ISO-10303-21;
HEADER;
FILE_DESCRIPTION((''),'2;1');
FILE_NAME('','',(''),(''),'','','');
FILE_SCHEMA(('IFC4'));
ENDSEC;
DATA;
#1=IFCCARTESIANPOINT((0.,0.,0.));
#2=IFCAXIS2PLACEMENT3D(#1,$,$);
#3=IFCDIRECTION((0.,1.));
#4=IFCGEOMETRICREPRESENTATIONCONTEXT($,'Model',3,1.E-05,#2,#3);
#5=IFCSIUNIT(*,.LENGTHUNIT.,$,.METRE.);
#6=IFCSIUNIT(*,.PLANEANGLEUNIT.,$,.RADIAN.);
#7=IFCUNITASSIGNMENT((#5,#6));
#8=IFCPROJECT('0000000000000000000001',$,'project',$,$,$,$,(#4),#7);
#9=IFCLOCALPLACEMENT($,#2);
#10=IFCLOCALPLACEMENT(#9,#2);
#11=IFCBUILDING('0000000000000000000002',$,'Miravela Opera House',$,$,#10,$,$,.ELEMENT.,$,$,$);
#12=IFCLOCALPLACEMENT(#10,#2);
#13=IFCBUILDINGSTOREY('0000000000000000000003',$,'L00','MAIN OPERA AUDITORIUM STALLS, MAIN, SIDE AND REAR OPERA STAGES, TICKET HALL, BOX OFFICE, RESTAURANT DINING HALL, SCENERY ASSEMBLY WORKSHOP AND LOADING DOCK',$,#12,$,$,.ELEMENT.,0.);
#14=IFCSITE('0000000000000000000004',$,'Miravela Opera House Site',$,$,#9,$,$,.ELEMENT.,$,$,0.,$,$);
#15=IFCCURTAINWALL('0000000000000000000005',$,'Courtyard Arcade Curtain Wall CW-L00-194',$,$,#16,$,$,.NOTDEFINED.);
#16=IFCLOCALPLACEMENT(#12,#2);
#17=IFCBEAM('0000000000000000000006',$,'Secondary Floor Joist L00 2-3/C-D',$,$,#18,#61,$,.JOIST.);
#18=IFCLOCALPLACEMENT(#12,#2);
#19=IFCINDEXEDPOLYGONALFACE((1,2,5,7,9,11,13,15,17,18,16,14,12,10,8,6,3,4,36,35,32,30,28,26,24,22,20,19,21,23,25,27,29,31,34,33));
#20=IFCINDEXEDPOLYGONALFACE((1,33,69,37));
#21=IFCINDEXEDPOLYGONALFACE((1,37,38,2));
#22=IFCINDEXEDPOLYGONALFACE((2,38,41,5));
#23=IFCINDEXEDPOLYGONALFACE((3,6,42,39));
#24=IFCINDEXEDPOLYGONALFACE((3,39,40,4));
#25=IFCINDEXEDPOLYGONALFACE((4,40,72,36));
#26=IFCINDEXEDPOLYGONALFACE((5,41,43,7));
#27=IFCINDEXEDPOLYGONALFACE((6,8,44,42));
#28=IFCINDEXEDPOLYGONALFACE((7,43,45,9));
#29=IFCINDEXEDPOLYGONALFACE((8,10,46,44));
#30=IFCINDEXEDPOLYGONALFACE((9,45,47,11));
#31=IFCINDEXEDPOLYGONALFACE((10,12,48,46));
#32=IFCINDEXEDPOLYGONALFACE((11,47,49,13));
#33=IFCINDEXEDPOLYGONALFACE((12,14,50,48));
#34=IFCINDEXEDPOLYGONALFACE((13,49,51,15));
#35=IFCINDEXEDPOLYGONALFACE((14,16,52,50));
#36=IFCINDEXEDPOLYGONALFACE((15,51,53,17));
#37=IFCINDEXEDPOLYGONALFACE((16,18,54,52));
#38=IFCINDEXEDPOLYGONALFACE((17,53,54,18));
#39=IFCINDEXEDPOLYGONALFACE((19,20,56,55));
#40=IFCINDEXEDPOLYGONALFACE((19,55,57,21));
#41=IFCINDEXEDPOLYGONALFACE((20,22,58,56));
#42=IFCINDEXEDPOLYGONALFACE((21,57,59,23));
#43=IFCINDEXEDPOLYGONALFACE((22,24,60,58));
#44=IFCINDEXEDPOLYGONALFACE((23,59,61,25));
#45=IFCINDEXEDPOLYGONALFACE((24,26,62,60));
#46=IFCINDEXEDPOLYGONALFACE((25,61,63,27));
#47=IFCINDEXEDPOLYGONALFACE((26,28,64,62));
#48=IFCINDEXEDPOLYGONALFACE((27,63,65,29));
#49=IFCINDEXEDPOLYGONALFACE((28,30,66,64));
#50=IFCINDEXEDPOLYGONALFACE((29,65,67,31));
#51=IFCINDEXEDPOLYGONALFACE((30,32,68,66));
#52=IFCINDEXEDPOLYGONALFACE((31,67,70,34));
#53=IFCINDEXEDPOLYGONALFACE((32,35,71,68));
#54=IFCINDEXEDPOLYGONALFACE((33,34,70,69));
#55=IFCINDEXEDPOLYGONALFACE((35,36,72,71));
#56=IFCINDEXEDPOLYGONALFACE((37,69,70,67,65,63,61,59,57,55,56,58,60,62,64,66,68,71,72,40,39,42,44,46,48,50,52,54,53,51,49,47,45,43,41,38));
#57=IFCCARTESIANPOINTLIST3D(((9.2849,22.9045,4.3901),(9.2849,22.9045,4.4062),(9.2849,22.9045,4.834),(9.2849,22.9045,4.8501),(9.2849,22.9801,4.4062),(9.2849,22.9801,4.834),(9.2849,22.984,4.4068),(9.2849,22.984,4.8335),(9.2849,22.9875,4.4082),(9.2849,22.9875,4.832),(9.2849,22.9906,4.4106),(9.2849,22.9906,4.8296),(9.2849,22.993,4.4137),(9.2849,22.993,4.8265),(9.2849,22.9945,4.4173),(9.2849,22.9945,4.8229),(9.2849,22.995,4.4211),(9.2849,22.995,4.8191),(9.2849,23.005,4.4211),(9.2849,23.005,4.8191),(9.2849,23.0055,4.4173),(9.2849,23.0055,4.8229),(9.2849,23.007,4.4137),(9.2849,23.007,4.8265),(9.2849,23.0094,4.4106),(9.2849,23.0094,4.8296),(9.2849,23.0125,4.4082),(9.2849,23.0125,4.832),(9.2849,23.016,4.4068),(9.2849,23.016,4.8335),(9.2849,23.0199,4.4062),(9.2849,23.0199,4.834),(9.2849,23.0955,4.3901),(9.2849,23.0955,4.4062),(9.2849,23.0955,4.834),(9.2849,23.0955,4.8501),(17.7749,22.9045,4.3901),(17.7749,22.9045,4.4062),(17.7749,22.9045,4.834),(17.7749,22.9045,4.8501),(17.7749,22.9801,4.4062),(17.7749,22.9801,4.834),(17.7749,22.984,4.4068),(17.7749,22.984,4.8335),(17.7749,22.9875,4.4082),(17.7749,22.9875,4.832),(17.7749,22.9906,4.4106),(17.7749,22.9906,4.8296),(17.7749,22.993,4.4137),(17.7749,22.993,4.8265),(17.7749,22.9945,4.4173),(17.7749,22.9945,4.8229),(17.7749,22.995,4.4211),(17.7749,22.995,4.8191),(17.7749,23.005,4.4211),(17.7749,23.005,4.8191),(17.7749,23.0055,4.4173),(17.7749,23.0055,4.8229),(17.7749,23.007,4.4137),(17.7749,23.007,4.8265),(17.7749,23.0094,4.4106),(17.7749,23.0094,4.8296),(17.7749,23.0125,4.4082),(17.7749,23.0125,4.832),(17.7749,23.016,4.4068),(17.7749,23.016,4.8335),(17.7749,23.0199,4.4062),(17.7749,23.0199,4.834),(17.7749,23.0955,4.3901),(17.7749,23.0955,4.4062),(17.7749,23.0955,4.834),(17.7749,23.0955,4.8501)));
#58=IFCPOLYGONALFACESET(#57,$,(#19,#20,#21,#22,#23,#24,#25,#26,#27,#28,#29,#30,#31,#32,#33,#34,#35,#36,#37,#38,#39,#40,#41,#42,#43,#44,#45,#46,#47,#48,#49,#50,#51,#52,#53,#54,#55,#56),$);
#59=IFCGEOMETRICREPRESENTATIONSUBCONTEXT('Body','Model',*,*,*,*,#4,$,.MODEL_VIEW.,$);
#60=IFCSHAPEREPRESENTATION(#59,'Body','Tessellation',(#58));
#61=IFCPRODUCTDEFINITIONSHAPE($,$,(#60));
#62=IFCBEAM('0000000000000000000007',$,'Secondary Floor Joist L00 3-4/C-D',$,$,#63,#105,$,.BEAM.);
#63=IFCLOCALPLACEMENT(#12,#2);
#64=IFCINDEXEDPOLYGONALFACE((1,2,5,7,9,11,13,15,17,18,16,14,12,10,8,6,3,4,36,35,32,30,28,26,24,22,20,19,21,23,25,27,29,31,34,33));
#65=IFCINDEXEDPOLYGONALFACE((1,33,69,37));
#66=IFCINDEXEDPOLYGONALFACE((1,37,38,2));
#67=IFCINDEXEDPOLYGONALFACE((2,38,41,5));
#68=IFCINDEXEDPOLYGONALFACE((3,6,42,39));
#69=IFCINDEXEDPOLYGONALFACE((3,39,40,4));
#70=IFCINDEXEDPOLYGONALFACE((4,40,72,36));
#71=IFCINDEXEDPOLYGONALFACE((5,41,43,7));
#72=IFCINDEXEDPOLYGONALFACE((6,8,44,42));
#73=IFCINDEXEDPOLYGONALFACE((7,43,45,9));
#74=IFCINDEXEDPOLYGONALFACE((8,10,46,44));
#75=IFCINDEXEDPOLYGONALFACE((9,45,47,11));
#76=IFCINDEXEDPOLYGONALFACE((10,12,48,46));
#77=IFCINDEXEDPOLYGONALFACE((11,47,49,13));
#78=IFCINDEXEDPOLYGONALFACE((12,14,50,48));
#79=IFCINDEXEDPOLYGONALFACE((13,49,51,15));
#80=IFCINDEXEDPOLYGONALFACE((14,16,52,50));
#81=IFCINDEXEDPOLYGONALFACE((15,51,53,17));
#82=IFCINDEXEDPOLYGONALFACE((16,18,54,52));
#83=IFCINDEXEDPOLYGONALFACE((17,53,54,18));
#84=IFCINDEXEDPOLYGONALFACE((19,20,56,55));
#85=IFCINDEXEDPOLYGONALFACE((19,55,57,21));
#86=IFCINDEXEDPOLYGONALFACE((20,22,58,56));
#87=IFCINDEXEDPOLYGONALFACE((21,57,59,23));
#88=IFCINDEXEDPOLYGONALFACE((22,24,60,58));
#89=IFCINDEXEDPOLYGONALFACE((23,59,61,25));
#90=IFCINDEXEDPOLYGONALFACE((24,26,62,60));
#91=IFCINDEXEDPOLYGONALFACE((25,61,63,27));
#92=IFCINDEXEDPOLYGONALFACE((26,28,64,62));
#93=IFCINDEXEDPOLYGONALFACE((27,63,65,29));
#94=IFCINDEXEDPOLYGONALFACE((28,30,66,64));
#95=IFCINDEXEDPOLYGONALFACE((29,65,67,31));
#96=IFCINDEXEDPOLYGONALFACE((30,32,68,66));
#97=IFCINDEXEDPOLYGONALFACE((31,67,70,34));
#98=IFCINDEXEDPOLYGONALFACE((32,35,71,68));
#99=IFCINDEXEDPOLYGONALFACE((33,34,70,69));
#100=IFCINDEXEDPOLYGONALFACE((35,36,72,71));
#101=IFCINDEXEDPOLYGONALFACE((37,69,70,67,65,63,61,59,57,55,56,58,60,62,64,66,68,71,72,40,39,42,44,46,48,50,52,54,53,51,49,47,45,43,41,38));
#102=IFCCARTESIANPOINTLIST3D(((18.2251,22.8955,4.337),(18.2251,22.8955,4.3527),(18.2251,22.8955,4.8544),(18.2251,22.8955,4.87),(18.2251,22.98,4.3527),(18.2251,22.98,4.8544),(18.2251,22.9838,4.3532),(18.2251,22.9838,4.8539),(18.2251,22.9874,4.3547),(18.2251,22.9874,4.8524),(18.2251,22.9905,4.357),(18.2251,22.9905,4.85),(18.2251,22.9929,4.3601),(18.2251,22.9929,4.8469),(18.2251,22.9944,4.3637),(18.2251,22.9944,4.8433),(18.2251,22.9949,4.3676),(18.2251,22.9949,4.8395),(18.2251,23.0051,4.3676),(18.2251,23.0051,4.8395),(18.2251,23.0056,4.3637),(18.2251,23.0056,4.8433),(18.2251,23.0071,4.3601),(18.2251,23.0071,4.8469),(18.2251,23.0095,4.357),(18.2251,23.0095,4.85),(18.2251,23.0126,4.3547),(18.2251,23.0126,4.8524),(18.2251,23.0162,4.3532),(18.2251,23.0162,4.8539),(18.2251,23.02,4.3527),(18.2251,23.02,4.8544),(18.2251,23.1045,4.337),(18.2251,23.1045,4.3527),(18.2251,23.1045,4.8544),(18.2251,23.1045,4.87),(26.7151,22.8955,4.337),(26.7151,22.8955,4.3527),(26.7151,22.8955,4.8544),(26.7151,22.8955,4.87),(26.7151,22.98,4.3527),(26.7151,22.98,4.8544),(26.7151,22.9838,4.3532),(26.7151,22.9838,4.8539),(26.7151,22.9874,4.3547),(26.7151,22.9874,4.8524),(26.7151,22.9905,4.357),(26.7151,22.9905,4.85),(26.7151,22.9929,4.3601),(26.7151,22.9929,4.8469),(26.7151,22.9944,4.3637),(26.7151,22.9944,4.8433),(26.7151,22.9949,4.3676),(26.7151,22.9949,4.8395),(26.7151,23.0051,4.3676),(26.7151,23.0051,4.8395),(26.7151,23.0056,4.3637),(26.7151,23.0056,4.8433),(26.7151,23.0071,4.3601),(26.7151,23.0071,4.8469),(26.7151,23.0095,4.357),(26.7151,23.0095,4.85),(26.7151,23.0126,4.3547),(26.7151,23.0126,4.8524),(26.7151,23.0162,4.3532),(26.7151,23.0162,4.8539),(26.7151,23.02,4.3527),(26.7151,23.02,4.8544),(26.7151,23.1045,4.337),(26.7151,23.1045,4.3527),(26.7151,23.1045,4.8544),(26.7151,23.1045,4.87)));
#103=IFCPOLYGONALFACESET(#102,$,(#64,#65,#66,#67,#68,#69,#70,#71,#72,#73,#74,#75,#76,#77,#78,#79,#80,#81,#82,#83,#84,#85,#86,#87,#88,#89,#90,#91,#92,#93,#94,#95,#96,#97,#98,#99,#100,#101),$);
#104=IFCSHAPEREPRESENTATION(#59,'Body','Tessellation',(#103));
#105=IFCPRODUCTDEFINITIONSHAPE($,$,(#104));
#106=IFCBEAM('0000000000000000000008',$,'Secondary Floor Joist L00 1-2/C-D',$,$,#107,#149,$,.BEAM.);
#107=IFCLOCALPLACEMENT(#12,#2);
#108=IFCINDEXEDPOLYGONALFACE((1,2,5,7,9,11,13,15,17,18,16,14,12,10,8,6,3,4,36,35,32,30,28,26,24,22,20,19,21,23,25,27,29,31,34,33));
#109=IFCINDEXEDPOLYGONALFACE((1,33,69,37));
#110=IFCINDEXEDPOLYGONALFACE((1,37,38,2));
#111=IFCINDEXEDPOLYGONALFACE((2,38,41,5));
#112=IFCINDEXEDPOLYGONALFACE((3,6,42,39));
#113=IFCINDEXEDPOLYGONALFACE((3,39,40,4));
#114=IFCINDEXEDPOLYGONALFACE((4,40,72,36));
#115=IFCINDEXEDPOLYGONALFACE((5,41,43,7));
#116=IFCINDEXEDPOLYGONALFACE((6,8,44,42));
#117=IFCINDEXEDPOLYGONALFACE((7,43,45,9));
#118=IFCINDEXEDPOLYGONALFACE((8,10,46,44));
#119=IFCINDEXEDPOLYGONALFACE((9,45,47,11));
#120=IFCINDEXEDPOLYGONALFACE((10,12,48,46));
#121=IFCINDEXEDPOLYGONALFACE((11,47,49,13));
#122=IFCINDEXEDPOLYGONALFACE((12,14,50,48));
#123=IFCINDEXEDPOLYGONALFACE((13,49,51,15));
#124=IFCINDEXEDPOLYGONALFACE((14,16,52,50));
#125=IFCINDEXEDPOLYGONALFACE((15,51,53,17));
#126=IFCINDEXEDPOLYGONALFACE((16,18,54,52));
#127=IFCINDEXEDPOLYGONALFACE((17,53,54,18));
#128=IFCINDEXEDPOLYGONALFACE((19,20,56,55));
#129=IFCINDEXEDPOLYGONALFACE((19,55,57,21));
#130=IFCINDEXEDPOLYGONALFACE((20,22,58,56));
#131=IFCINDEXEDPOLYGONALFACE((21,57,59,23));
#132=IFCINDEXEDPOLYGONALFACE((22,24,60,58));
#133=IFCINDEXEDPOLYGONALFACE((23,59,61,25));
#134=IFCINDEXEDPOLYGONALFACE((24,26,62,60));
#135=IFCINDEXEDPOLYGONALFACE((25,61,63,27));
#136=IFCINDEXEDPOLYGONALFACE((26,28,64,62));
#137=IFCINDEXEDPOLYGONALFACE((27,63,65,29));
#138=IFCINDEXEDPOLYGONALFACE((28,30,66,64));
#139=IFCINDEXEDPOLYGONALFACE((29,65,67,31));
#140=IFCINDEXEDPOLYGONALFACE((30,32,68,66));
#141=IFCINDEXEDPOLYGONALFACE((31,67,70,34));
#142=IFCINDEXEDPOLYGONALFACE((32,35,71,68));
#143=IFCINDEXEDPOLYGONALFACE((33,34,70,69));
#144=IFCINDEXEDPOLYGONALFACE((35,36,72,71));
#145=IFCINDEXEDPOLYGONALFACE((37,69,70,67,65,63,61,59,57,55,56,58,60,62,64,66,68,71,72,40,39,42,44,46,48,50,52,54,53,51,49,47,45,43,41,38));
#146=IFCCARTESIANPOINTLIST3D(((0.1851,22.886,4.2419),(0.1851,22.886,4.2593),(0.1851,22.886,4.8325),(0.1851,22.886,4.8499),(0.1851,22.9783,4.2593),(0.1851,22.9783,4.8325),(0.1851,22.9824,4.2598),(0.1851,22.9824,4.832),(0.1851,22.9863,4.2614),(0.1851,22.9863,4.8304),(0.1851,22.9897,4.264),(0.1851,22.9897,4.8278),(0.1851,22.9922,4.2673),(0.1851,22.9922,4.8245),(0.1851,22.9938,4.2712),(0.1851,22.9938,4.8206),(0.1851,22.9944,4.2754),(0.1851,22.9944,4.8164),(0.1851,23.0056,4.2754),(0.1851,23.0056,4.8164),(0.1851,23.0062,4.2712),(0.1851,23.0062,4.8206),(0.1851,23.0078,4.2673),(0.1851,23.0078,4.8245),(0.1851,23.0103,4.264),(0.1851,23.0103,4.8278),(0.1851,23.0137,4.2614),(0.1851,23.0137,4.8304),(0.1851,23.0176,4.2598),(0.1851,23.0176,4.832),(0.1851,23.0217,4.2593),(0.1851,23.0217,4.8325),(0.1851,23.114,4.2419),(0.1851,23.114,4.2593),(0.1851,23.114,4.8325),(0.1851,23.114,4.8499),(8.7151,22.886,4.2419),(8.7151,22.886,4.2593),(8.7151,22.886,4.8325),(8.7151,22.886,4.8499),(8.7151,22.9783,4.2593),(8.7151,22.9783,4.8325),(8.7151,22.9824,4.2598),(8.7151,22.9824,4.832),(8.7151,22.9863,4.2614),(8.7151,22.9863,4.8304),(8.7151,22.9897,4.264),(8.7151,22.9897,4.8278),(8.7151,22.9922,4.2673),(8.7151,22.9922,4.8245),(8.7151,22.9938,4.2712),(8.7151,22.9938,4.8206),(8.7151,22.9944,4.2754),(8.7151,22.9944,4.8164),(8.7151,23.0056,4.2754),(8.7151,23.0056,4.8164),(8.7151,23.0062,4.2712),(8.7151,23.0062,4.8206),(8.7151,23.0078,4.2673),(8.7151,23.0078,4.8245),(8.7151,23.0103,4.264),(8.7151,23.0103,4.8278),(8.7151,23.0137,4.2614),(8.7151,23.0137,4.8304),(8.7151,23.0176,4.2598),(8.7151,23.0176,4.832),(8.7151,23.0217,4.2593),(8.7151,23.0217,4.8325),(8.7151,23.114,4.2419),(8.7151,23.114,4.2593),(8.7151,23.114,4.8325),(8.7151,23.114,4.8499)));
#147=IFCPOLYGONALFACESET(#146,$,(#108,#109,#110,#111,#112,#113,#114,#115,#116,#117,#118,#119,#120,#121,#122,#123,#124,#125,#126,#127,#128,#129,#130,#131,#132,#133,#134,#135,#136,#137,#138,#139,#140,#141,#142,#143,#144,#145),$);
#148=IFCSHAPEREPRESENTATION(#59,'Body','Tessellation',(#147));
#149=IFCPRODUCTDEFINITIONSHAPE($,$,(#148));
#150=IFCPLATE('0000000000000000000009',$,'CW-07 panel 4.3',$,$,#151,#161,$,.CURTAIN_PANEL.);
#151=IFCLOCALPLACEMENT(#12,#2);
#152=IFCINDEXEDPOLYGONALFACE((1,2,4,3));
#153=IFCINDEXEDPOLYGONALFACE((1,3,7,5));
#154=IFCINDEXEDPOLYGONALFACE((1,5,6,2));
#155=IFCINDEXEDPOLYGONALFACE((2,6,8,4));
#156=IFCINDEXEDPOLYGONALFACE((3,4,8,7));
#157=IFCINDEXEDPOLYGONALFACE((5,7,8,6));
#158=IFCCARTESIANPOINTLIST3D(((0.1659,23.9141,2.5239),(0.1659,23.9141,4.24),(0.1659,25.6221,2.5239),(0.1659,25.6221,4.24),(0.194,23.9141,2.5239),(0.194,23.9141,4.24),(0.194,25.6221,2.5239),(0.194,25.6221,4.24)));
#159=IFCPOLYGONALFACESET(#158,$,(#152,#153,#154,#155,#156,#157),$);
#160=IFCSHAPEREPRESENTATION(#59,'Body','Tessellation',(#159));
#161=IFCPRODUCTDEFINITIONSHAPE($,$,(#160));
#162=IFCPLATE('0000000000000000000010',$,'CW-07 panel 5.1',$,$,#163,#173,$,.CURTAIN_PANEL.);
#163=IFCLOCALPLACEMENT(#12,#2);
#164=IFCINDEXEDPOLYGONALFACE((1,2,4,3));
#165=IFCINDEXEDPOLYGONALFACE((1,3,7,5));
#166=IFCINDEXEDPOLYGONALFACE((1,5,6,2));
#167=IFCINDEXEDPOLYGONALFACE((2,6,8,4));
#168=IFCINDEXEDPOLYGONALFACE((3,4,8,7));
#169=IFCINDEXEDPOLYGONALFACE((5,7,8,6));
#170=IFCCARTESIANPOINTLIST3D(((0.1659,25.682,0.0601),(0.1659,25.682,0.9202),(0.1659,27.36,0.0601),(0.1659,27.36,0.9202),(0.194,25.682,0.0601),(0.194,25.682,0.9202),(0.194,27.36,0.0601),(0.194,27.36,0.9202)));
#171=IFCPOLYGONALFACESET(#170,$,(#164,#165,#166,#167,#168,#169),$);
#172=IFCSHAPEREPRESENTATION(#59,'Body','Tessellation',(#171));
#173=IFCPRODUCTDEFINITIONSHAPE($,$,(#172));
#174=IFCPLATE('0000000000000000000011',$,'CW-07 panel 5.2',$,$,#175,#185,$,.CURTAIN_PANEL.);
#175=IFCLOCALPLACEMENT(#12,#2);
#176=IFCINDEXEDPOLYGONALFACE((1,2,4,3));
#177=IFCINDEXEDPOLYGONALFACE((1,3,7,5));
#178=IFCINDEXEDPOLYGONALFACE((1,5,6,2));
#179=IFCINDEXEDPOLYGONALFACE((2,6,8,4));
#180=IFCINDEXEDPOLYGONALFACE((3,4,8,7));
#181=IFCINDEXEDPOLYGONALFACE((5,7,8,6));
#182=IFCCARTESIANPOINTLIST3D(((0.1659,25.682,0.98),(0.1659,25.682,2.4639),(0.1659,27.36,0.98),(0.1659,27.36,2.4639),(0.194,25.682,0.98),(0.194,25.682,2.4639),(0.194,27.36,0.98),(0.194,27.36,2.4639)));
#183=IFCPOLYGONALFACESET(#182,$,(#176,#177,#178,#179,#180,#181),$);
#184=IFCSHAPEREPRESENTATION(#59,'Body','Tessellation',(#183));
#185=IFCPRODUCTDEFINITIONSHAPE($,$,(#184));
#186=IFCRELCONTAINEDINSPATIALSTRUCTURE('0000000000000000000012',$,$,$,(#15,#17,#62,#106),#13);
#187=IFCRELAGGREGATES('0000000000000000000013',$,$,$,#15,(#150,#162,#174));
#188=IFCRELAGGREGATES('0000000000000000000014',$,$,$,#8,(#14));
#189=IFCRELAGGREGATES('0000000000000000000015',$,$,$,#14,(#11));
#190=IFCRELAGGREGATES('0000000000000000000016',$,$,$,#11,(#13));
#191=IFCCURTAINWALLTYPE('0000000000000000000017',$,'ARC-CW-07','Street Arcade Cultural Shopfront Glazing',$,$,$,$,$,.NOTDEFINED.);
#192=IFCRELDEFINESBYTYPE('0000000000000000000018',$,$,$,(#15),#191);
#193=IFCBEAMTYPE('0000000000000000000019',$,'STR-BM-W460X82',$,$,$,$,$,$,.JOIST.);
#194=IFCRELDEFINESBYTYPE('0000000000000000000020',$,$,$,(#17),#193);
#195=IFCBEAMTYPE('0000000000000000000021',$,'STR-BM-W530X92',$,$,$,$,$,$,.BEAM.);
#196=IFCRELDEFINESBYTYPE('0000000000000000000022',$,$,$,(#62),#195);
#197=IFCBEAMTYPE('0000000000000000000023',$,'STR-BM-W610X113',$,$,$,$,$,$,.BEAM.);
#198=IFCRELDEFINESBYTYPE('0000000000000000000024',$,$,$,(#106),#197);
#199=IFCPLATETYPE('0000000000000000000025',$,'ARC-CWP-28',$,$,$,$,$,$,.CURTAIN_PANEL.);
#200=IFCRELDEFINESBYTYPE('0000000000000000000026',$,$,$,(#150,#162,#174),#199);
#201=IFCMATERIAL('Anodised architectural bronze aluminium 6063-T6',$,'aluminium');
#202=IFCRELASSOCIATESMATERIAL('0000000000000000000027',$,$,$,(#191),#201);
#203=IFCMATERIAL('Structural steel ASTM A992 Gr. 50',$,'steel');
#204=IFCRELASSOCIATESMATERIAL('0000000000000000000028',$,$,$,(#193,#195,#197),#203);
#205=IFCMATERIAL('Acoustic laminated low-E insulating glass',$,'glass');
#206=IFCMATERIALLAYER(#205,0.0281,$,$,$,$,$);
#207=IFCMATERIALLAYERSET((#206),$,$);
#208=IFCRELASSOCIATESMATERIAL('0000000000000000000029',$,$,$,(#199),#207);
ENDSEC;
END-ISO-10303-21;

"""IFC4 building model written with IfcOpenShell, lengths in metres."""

from ifc_helpers import new_model, si_unit, direction, frame, origin, origin_2d, place, context, subcontext, project, spatial, rectangle, i_section, extrude, material, layer, layer_set, material_profile, profile_set, type_object, element, aggregate, save


model = new_model("IFC4")

# Units and contexts
model_context = context("Model", 3, precision=1e-05, world=origin(), true_north=direction((0.0, 1.0)))
body_context = subcontext(model_context, "Body", "Model", "MODEL_VIEW")
ifc_project = project(units=[si_unit("LENGTHUNIT", "METRE"), si_unit("PLANEANGLEUNIT", "RADIAN")], contexts=[model_context])

# Site, building, storey
site_placement = place(None, origin())
site = spatial("IfcSite", under=ifc_project, at=site_placement, Name="Miravela Opera House Site", CompositionType="ELEMENT", RefElevation=0.0)
building_placement = place(site_placement, origin())
building = spatial("IfcBuilding", under=site, at=building_placement, Name="Miravela Opera House", CompositionType="ELEMENT")
storey_placement = place(building_placement, origin())
storey = spatial("IfcBuildingStorey", under=building, at=storey_placement, Name="L00", Description="MAIN OPERA AUDITORIUM STALLS, MAIN, SIDE AND REAR OPERA STAGES, TICKET HALL, BOX OFFICE, RESTAURANT DINING HALL, SCENERY ASSEMBLY WORKSHOP AND LOADING DOCK", CompositionType="ELEMENT", Elevation=0.0)

# Curtain wall
ifc_material_1 = material(Name="Anodised architectural bronze aluminium 6063-T6", Category="aluminium")
curtain_wall_type = type_object("IfcCurtainWallType", Name="ARC-CW-07", Description="Street Arcade Cultural Shopfront Glazing", PredefinedType="NOTDEFINED", material=ifc_material_1)
curtain_wall_placement = place(storey_placement, origin())
curtain_wall = element("IfcCurtainWall", 1, at=curtain_wall_placement, inside=storey, type_object=curtain_wall_type, Name="Courtyard Arcade Curtain Wall CW-L00-194", PredefinedType="NOTDEFINED")

# Beams
ifc_material_2 = material(Name="Structural steel ASTM A992 Gr. 50", Category="steel")
ifc_material_profile_1 = material_profile(ifc_material_2, i_section(OverallWidth=0.1909, OverallDepth=0.46, WebThickness=0.01, FlangeThickness=0.0161, FilletRadius=0.0149, at=origin_2d()), Name="W460X82")
ifc_profile_set_1 = profile_set([ifc_material_profile_1])
beam_type_1 = type_object("IfcBeamType", Name="STR-BM-W460X82", PredefinedType="JOIST", material=ifc_profile_set_1)
beam_1_placement = place(storey_placement, frame((9.2849, 23.0, 4.6201), z_axis=(1.0, 0.0, 0.0), x_axis=(0.0, 1.0, 0.0)))
element("IfcBeam", 2, at=beam_1_placement, inside=storey, type_object=beam_type_1, Name="Secondary Floor Joist L00 2-3/C-D", PredefinedType="JOIST", context=body_context, shape_type="SweptSolid", body=[
    extrude(i_section(OverallWidth=0.1909, OverallDepth=0.46, WebThickness=0.01, FlangeThickness=0.0161, FilletRadius=0.0149, at=origin_2d()), origin(), (0.0, 0.0, 1.0), 8.49),
])
ifc_material_profile_2 = material_profile(ifc_material_2, i_section(OverallWidth=0.209, OverallDepth=0.533, WebThickness=0.0103, FlangeThickness=0.0156, FilletRadius=0.0149, at=origin_2d()), Name="W530X92")
ifc_profile_set_2 = profile_set([ifc_material_profile_2])
beam_type_2 = type_object("IfcBeamType", Name="STR-BM-W530X92", PredefinedType="BEAM", material=ifc_profile_set_2)
beam_2_placement = place(storey_placement, frame((18.2251, 23.0, 4.6035), z_axis=(1.0, 0.0, 0.0), x_axis=(0.0, 1.0, 0.0)))
element("IfcBeam", 3, at=beam_2_placement, inside=storey, type_object=beam_type_2, Name="Secondary Floor Joist L00 3-4/C-D", PredefinedType="BEAM", context=body_context, shape_type="SweptSolid", body=[
    extrude(i_section(OverallWidth=0.209, OverallDepth=0.533, WebThickness=0.0103, FlangeThickness=0.0156, FilletRadius=0.0149, at=origin_2d()), origin(), (0.0, 0.0, 1.0), 8.49),
])
ifc_material_profile_3 = material_profile(ifc_material_2, i_section(OverallWidth=0.228, OverallDepth=0.6079, WebThickness=0.0112, FlangeThickness=0.0173, FilletRadius=0.0161, at=origin_2d()), Name="W610X113")
ifc_profile_set_3 = profile_set([ifc_material_profile_3])
beam_type_3 = type_object("IfcBeamType", Name="STR-BM-W610X113", PredefinedType="BEAM", material=ifc_profile_set_3)
beam_3_placement = place(storey_placement, frame((0.1851, 23.0, 4.5459), z_axis=(1.0, 0.0, 0.0), x_axis=(0.0, 1.0, 0.0)))
element("IfcBeam", 4, at=beam_3_placement, inside=storey, type_object=beam_type_3, Name="Secondary Floor Joist L00 1-2/C-D", PredefinedType="BEAM", context=body_context, shape_type="SweptSolid", body=[
    extrude(i_section(OverallWidth=0.228, OverallDepth=0.6079, WebThickness=0.0112, FlangeThickness=0.0173, FilletRadius=0.0161, at=origin_2d()), origin(), (0.0, 0.0, 1.0), 8.53),
])

# Plates
ifc_material_3 = material(Name="Acoustic laminated low-E insulating glass", Category="glass")
ifc_layer_1 = layer(ifc_material_3, 0.0281)
ifc_layer_set_1 = layer_set([ifc_layer_1])
plate_type = type_object("IfcPlateType", Name="ARC-CWP-28", PredefinedType="CURTAIN_PANEL", material=ifc_layer_set_1)
plate_1_placement = place(storey_placement, frame((0.1799, 24.7681, 2.5239), z_axis=(0.0, 0.0, 1.0), x_axis=(0.0, 1.0, 0.0)))
plate_1 = element("IfcPlate", 5, at=plate_1_placement, type_object=plate_type, Name="CW-07 panel 4.3", PredefinedType="CURTAIN_PANEL", context=body_context, shape_type="SweptSolid", body=[
    extrude(rectangle(XDim=1.708, YDim=0.0281, at=origin_2d()), origin(), (0.0, 0.0, 1.0), 1.7161),
])
plate_2_placement = place(storey_placement, frame((0.1799, 26.521, 0.0601), z_axis=(0.0, 0.0, 1.0), x_axis=(0.0, 1.0, 0.0)))
plate_2 = element("IfcPlate", 6, at=plate_2_placement, type_object=plate_type, Name="CW-07 panel 5.1", PredefinedType="CURTAIN_PANEL", context=body_context, shape_type="SweptSolid", body=[
    extrude(rectangle(XDim=1.678, YDim=0.0281, at=origin_2d()), origin(), (0.0, 0.0, 1.0), 0.8601),
])
plate_3_placement = place(storey_placement, frame((0.1799, 26.521, 0.98), z_axis=(0.0, 0.0, 1.0), x_axis=(0.0, 1.0, 0.0)))
plate_3 = element("IfcPlate", 7, at=plate_3_placement, type_object=plate_type, Name="CW-07 panel 5.2", PredefinedType="CURTAIN_PANEL", context=body_context, shape_type="SweptSolid", body=[
    extrude(rectangle(XDim=1.678, YDim=0.0281, at=origin_2d()), origin(), (0.0, 0.0, 1.0), 1.4839),
])
aggregate(curtain_wall, [plate_1, plate_2, plate_3])

save(model, "model.ifc")
